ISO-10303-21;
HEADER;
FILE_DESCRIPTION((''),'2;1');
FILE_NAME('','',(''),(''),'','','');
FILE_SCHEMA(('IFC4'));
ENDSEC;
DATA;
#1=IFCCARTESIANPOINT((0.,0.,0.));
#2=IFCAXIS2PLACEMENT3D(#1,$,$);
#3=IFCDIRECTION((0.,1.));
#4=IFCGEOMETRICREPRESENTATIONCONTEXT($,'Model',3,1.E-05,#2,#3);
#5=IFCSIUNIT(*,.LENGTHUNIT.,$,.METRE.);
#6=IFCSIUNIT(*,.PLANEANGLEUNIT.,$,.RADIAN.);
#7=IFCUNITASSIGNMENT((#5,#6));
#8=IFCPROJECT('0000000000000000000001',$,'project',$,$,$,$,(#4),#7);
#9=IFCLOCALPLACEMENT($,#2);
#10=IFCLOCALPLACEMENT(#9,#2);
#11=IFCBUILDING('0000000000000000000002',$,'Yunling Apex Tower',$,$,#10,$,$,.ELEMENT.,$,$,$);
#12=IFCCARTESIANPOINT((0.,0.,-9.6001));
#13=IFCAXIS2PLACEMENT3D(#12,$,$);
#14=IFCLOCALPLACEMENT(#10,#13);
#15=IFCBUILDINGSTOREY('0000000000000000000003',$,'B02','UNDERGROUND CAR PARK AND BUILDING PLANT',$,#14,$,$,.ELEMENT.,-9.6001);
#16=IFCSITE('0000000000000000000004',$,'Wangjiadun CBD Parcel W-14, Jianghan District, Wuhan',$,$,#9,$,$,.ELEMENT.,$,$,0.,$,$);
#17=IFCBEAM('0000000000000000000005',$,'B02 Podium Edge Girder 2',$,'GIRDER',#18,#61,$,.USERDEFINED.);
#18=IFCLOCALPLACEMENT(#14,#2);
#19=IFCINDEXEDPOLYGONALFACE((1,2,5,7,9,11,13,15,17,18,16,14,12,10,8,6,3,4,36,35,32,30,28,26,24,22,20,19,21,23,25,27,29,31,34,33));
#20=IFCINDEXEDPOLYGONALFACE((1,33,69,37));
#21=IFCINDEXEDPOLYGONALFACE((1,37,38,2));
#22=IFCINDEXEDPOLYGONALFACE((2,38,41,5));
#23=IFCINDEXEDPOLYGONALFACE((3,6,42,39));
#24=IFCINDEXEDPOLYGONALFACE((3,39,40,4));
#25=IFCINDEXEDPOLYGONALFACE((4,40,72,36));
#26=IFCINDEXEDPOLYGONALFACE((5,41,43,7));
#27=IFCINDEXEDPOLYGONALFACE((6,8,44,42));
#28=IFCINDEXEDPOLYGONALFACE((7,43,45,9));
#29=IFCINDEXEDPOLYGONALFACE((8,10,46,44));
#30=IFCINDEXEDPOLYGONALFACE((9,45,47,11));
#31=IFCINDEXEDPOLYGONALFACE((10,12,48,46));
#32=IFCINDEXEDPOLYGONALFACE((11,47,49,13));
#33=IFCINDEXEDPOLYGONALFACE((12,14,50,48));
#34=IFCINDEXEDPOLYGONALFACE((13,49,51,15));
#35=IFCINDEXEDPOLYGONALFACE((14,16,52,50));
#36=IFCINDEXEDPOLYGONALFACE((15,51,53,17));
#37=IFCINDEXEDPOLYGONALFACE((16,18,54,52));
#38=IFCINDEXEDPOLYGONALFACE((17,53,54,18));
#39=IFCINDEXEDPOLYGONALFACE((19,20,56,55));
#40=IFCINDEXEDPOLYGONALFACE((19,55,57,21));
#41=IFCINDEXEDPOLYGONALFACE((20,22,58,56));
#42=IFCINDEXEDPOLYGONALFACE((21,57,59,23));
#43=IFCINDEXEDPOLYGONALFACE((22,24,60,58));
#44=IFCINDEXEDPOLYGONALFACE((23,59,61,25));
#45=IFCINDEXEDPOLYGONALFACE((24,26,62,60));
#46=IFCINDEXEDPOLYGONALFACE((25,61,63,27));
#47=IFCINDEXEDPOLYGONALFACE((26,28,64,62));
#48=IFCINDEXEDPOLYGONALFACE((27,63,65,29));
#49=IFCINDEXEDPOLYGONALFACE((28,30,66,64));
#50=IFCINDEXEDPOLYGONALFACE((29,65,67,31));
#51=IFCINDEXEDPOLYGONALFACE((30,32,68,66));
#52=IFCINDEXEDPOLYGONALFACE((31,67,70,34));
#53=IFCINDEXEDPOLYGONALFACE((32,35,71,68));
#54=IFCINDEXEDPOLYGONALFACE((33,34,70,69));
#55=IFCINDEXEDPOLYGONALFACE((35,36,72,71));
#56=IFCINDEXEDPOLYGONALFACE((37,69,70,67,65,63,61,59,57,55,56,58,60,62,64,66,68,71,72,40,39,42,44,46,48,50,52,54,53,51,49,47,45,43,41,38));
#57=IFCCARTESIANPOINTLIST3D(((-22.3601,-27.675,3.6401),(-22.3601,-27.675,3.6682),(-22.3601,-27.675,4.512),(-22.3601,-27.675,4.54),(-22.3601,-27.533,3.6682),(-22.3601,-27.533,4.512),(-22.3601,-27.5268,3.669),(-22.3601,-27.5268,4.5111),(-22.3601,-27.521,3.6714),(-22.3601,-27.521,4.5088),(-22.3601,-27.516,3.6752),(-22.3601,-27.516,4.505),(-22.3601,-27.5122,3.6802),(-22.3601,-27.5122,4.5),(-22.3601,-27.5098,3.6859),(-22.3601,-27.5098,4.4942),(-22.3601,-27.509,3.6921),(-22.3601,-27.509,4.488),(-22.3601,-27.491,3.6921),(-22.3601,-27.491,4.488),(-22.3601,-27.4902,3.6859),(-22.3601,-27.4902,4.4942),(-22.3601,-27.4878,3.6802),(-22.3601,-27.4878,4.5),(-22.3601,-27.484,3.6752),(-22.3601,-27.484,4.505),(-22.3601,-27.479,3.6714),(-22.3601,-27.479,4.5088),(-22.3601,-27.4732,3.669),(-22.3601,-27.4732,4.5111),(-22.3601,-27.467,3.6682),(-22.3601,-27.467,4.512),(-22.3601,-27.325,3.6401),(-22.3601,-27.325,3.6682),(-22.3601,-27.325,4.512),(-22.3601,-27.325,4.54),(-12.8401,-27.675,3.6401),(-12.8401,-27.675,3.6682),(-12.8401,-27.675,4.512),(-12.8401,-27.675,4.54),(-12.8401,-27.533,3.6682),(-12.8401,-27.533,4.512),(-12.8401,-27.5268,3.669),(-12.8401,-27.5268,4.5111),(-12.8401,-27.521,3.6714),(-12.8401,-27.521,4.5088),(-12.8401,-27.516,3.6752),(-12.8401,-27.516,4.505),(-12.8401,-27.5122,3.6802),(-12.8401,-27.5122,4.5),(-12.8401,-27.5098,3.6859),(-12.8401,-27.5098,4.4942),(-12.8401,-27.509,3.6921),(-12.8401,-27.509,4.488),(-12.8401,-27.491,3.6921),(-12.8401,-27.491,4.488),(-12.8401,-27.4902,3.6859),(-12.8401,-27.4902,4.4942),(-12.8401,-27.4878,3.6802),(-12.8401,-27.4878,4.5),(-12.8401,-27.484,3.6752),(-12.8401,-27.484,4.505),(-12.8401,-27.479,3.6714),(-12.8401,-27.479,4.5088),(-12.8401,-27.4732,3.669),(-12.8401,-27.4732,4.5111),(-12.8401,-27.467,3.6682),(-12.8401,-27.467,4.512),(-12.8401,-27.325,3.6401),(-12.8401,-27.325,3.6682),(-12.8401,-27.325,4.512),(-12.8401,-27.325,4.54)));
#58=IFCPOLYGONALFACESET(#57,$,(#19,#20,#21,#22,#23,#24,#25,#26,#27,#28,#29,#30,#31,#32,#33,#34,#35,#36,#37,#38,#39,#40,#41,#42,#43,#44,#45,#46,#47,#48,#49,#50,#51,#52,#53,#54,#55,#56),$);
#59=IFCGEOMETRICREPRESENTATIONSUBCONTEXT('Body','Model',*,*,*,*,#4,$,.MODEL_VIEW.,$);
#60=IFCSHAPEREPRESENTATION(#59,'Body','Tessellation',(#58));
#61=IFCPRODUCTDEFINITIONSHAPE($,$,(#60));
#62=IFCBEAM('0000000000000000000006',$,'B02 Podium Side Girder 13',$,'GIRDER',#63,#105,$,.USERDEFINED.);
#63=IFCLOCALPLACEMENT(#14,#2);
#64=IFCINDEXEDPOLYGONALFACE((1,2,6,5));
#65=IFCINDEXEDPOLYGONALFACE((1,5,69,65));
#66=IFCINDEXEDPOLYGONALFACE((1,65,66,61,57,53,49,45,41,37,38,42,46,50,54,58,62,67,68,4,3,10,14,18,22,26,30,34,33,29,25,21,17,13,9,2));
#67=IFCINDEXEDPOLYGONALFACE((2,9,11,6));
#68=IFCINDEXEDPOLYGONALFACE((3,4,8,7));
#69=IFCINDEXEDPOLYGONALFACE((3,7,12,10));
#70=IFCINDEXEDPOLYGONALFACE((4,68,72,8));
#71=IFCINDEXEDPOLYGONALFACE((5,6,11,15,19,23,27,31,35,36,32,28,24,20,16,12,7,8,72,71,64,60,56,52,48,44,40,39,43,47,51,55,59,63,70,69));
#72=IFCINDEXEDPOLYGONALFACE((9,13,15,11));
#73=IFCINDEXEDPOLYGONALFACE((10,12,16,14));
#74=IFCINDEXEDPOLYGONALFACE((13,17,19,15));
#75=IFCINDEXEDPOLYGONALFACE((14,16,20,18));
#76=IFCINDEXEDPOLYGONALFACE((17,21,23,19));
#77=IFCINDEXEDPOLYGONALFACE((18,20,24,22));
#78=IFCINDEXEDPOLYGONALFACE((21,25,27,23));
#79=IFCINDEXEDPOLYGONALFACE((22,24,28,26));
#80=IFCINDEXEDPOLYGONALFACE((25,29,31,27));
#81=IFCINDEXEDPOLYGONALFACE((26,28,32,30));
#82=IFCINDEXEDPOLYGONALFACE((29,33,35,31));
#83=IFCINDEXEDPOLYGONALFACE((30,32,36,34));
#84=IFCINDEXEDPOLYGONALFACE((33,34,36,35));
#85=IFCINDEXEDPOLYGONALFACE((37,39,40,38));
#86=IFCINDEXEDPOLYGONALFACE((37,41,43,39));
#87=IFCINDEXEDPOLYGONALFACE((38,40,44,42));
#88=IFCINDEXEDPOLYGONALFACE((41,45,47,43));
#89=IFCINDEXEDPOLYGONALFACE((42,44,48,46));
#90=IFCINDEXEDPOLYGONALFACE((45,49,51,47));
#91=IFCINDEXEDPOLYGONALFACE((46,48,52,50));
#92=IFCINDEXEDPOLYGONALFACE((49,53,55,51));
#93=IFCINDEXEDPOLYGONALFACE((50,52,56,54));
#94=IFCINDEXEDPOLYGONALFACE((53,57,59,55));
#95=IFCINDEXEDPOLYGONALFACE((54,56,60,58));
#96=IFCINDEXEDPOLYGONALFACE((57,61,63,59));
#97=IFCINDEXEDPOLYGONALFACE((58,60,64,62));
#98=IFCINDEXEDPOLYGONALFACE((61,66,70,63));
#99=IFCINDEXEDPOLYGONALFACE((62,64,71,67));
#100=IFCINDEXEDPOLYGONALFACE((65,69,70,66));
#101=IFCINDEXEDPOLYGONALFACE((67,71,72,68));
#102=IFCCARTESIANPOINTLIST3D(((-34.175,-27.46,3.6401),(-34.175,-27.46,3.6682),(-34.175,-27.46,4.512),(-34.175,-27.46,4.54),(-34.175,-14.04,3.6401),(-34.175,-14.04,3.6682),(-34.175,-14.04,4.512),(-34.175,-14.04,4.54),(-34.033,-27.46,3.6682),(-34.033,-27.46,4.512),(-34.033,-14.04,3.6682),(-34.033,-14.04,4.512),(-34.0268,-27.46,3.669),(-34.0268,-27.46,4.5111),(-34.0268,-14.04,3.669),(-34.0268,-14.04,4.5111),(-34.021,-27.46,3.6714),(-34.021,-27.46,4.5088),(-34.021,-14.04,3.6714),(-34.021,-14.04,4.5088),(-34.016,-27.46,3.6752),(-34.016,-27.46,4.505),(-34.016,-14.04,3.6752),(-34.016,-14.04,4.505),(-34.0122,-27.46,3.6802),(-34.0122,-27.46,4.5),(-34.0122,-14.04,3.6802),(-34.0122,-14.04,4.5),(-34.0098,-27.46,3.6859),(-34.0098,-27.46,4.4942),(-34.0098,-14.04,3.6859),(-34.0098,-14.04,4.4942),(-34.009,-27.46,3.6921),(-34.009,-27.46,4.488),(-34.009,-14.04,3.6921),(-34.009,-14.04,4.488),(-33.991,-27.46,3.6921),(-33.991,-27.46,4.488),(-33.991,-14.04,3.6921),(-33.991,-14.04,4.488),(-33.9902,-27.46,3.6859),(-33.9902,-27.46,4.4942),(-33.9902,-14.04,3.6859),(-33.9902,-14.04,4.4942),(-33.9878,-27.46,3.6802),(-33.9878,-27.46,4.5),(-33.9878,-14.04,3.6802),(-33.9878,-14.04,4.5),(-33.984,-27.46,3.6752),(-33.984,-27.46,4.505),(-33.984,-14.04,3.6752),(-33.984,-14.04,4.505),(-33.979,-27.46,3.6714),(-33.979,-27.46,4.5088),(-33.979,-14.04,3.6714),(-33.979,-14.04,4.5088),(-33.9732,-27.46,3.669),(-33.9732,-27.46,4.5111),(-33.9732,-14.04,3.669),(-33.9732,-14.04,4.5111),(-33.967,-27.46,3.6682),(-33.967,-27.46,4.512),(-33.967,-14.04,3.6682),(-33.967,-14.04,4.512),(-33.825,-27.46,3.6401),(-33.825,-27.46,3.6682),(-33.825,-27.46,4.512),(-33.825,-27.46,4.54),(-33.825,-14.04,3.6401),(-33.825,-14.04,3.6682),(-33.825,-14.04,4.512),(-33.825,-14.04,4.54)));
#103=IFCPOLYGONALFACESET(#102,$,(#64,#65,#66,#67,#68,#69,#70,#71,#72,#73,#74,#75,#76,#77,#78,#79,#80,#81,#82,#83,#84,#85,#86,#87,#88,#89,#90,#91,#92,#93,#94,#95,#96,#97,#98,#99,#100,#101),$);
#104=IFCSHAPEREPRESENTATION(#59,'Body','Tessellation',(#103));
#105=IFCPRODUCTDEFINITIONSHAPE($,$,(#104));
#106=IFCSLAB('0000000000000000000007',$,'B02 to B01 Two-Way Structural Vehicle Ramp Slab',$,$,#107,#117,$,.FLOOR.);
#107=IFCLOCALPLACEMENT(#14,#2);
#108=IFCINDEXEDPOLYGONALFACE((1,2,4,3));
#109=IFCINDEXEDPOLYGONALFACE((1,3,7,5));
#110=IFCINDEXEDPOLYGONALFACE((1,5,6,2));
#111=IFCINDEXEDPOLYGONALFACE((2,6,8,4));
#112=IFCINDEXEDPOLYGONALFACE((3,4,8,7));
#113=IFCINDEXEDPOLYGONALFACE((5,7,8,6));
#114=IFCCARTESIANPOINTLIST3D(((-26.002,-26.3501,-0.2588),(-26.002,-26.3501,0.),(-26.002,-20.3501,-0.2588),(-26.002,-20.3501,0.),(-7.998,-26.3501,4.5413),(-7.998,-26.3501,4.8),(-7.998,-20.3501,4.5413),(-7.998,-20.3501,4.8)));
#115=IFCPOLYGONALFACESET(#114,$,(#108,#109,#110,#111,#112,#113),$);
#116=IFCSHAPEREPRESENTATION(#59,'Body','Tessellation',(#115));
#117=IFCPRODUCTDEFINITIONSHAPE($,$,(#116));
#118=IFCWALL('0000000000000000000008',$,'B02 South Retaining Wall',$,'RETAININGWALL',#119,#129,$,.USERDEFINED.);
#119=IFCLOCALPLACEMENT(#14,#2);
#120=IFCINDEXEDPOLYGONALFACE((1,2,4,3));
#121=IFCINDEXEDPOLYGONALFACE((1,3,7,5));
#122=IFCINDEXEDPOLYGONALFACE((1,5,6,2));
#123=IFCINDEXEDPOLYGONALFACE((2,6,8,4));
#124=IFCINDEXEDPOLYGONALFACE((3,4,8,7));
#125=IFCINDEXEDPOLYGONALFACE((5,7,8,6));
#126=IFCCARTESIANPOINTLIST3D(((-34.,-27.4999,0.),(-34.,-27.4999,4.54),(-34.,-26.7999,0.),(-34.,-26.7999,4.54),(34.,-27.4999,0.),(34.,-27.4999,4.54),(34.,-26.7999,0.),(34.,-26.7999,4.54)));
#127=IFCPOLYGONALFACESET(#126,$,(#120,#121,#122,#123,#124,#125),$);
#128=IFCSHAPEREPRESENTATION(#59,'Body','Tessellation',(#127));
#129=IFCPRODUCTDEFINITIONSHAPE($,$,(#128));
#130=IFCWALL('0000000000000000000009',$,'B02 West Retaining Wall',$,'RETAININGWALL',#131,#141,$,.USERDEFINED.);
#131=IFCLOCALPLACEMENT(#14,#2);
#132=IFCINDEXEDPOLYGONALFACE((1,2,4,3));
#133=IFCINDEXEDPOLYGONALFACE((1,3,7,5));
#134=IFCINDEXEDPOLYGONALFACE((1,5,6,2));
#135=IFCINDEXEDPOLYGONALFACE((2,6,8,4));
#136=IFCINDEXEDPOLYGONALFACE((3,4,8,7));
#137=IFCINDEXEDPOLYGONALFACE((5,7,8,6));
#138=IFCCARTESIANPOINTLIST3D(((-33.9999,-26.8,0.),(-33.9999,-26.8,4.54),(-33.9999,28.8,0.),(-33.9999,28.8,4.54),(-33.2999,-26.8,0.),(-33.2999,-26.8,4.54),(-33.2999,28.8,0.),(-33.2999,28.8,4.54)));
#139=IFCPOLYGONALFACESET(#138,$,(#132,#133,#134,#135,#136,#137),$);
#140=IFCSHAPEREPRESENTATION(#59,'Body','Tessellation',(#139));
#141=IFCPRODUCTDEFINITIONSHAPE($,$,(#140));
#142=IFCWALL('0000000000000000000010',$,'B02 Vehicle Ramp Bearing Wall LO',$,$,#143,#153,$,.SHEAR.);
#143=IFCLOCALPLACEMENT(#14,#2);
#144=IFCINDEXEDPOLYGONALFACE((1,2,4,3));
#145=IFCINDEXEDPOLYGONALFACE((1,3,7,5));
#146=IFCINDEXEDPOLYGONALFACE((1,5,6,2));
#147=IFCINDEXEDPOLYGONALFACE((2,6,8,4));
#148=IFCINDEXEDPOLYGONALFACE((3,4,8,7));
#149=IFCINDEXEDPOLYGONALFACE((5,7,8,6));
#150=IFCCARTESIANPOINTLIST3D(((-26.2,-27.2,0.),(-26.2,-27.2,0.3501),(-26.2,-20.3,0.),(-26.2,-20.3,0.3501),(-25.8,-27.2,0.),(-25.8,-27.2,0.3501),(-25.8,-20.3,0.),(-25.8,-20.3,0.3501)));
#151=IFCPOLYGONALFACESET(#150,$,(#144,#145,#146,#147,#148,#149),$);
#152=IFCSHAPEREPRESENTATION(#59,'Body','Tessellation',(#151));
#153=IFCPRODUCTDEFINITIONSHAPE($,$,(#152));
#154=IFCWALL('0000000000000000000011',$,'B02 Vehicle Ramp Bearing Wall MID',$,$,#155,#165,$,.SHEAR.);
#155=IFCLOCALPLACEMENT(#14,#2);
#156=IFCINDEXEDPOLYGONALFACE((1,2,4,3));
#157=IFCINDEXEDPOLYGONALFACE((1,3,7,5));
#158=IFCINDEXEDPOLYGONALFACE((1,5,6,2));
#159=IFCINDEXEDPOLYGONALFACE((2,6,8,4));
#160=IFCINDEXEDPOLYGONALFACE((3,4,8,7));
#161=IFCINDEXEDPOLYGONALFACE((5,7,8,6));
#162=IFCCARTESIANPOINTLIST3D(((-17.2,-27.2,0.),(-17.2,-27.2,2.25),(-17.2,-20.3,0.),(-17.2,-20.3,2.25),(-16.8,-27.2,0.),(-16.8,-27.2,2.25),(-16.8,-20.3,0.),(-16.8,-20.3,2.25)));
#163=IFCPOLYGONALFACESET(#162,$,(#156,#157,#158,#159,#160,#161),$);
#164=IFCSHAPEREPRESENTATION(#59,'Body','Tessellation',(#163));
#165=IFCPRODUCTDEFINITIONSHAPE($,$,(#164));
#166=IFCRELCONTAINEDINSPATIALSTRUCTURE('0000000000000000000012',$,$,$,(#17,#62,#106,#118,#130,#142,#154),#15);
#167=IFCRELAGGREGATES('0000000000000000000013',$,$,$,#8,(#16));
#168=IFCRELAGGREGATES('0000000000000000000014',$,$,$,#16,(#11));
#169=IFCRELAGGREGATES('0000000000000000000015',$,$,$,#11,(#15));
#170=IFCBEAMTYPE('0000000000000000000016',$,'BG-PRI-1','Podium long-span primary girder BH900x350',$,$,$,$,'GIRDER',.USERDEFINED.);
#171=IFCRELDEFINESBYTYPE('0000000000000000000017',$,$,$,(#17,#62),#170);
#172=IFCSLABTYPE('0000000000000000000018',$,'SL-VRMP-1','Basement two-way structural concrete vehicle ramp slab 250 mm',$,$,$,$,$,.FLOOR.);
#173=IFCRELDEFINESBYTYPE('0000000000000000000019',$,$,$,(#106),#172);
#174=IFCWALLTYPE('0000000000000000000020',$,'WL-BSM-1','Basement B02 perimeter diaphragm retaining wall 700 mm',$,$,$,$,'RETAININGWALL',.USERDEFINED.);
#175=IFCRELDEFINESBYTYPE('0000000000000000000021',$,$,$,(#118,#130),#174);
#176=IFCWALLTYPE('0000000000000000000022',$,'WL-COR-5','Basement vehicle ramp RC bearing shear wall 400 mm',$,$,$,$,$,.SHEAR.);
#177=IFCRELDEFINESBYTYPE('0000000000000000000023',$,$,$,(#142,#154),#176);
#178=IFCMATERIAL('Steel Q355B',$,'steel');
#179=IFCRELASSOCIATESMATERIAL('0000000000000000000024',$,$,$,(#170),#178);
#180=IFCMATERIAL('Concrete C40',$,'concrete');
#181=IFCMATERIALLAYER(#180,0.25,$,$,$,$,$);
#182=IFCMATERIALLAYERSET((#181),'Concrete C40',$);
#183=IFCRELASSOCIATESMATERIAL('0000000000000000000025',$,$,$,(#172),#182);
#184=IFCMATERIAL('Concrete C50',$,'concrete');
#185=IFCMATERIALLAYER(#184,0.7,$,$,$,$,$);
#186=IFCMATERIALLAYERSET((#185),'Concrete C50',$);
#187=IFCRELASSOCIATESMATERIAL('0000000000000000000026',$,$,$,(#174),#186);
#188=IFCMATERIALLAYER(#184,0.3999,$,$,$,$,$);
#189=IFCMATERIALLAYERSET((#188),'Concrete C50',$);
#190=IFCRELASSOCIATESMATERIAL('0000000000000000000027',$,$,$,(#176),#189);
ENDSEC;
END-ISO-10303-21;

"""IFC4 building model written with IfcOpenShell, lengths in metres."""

from ifc_helpers import new_model, si_unit, direction, frame, frame_2d, origin, origin_2d, place, context, subcontext, project, spatial, polyline, rectangle, i_section, outline, extrude, source, transform, mapped, material, layer, layer_set, material_profile, profile_set, type_object, element, save


model = new_model("IFC4")

# Units and contexts
model_context = context("Model", 3, precision=1e-05, world=origin(), true_north=direction((0.0, 1.0)))
body_context = subcontext(model_context, "Body", "Model", "MODEL_VIEW")
ifc_project = project(units=[si_unit("LENGTHUNIT", "METRE"), si_unit("PLANEANGLEUNIT", "RADIAN")], contexts=[model_context])

# Site, building, storey
site_placement = place(None, origin())
site = spatial("IfcSite", under=ifc_project, at=site_placement, Name="Wangjiadun CBD Parcel W-14, Jianghan District, Wuhan", CompositionType="ELEMENT", RefElevation=0.0)
building_placement = place(site_placement, origin())
building = spatial("IfcBuilding", under=site, at=building_placement, Name="Yunling Apex Tower", CompositionType="ELEMENT")
storey_placement = place(building_placement, frame((0.0, 0.0, -9.6001)))
storey = spatial("IfcBuildingStorey", under=building, at=storey_placement, Name="B02", Description="UNDERGROUND CAR PARK AND BUILDING PLANT", CompositionType="ELEMENT", Elevation=-9.6001)

# Shared definitions
ifc_material_1 = material(Name="Concrete C50", Category="concrete")

# Beams
ifc_material_2 = material(Name="Steel Q355B", Category="steel")
ifc_material_profile_1 = material_profile(ifc_material_2, i_section(OverallWidth=0.3501, OverallDepth=0.8999, WebThickness=0.0181, FlangeThickness=0.0281, FilletRadius=0.0239, at=origin_2d()))
ifc_profile_set_1 = profile_set([ifc_material_profile_1], Name="Steel Q355B")
beam_type = type_object("IfcBeamType", Name="BG-PRI-1", Description="Podium long-span primary girder BH900x350", ElementType="GIRDER", PredefinedType="USERDEFINED", material=ifc_profile_set_1)
shared_shape_1 = source(origin(), body_context, "Body", "SweptSolid", [
    extrude(i_section(OverallWidth=0.3501, OverallDepth=0.8999, WebThickness=0.0181, FlangeThickness=0.0281, FilletRadius=0.0239, at=origin_2d()), origin(), (0.0, 0.0, 1.0), 9.52),
])
beam_1_placement = place(storey_placement, frame((-22.3601, -27.5, 4.0901), z_axis=(1.0, 0.0, 0.0), x_axis=(0.0, 1.0, 0.0)))
element("IfcBeam", 1, at=beam_1_placement, inside=storey, type_object=beam_type, Name="B02 Podium Edge Girder 2", ObjectType="GIRDER", PredefinedType="USERDEFINED", context=body_context, shape_type="MappedRepresentation", body=[
    mapped(shared_shape_1, transform((0.0, 0.0, 0.0), scale=1.0)),
])
shared_shape_2 = source(origin(), body_context, "Body", "SweptSolid", [
    extrude(i_section(OverallWidth=0.3501, OverallDepth=0.8999, WebThickness=0.0181, FlangeThickness=0.0281, FilletRadius=0.0239, at=origin_2d()), origin(), (0.0, 0.0, 1.0), 13.4199),
])
beam_2_placement = place(storey_placement, frame((-34.0, -27.46, 4.0901), z_axis=(0.0, 1.0, 0.0), x_axis=(-1.0, 0.0, 0.0)))
element("IfcBeam", 2, at=beam_2_placement, inside=storey, type_object=beam_type, Name="B02 Podium Side Girder 13", ObjectType="GIRDER", PredefinedType="USERDEFINED", context=body_context, shape_type="MappedRepresentation", body=[
    mapped(shared_shape_2, transform((0.0, 0.0, 0.0), scale=1.0)),
])

# Slab
ifc_material_3 = material(Name="Concrete C40", Category="concrete")
ifc_layer_1 = layer(ifc_material_3, 0.25)
ifc_layer_set_1 = layer_set([ifc_layer_1], Name="Concrete C40")
slab_type = type_object("IfcSlabType", Name="SL-VRMP-1", Description="Basement two-way structural concrete vehicle ramp slab 250 mm", PredefinedType="FLOOR", material=ifc_layer_set_1)
slab_placement = place(storey_placement, frame((-26.002, -26.3501, 0.0), z_axis=(-0.257613, 0.0, 0.966248), x_axis=(0.966248, 0.0, 0.257613)))
element("IfcSlab", 3, at=slab_placement, inside=storey, type_object=slab_type, Name="B02 to B01 Two-Way Structural Vehicle Ramp Slab", PredefinedType="FLOOR", context=body_context, shape_type="SweptSolid", body=[
    extrude(outline(polyline([(0.0, 0.0), (18.6328, 0.0), (18.6328, 6.0), (0.0, 6.0), (0.0, 0.0)])), origin(), (-0.257613, 0.0, -0.966248), 0.2588),
])

# Walls
ifc_layer_2 = layer(ifc_material_1, 0.7)
ifc_layer_set_2 = layer_set([ifc_layer_2], Name="Concrete C50")
wall_type_1 = type_object("IfcWallType", Name="WL-BSM-1", Description="Basement B02 perimeter diaphragm retaining wall 700 mm", ElementType="RETAININGWALL", PredefinedType="USERDEFINED", material=ifc_layer_set_2)
wall_1_placement = place(storey_placement, frame((-34.0, -27.1499, 0.0), z_axis=(0.0, 0.0, 1.0), x_axis=(1.0, 0.0, 0.0)))
element("IfcWall", 4, at=wall_1_placement, inside=storey, type_object=wall_type_1, Name="B02 South Retaining Wall", ObjectType="RETAININGWALL", PredefinedType="USERDEFINED", context=body_context, shape_type="SweptSolid", body=[
    extrude(rectangle(XDim=68.0, YDim=0.7, at=frame_2d((34.0, 0.0))), origin(), (0.0, 0.0, 1.0), 4.54),
])
wall_2_placement = place(storey_placement, frame((-33.6499, -26.8, 0.0), z_axis=(0.0, 0.0, 1.0), x_axis=(0.0, 1.0, 0.0)))
element("IfcWall", 5, at=wall_2_placement, inside=storey, type_object=wall_type_1, Name="B02 West Retaining Wall", ObjectType="RETAININGWALL", PredefinedType="USERDEFINED", context=body_context, shape_type="SweptSolid", body=[
    extrude(rectangle(XDim=55.6001, YDim=0.7, at=frame_2d((27.8, 0.0))), origin(), (0.0, 0.0, 1.0), 4.54),
])
ifc_layer_3 = layer(ifc_material_1, 0.3999)
ifc_layer_set_3 = layer_set([ifc_layer_3], Name="Concrete C50")
wall_type_2 = type_object("IfcWallType", Name="WL-COR-5", Description="Basement vehicle ramp RC bearing shear wall 400 mm", PredefinedType="SHEAR", material=ifc_layer_set_3)
wall_3_placement = place(storey_placement, frame((-26.0, -27.2, 0.0), z_axis=(0.0, 0.0, 1.0), x_axis=(0.0, 1.0, 0.0)))
element("IfcWall", 6, at=wall_3_placement, inside=storey, type_object=wall_type_2, Name="B02 Vehicle Ramp Bearing Wall LO", PredefinedType="SHEAR", context=body_context, shape_type="SweptSolid", body=[
    extrude(rectangle(XDim=6.8999, YDim=0.3999, at=frame_2d((3.45, 0.0))), origin(), (0.0, 0.0, 1.0), 0.3501),
])
wall_4_placement = place(storey_placement, frame((-17.0, -27.2, 0.0), z_axis=(0.0, 0.0, 1.0), x_axis=(0.0, 1.0, 0.0)))
element("IfcWall", 7, at=wall_4_placement, inside=storey, type_object=wall_type_2, Name="B02 Vehicle Ramp Bearing Wall MID", PredefinedType="SHEAR", context=body_context, shape_type="SweptSolid", body=[
    extrude(rectangle(XDim=6.8999, YDim=0.3999, at=frame_2d((3.45, 0.0))), origin(), (0.0, 0.0, 1.0), 2.25),
])

save(model, "model.ifc")
